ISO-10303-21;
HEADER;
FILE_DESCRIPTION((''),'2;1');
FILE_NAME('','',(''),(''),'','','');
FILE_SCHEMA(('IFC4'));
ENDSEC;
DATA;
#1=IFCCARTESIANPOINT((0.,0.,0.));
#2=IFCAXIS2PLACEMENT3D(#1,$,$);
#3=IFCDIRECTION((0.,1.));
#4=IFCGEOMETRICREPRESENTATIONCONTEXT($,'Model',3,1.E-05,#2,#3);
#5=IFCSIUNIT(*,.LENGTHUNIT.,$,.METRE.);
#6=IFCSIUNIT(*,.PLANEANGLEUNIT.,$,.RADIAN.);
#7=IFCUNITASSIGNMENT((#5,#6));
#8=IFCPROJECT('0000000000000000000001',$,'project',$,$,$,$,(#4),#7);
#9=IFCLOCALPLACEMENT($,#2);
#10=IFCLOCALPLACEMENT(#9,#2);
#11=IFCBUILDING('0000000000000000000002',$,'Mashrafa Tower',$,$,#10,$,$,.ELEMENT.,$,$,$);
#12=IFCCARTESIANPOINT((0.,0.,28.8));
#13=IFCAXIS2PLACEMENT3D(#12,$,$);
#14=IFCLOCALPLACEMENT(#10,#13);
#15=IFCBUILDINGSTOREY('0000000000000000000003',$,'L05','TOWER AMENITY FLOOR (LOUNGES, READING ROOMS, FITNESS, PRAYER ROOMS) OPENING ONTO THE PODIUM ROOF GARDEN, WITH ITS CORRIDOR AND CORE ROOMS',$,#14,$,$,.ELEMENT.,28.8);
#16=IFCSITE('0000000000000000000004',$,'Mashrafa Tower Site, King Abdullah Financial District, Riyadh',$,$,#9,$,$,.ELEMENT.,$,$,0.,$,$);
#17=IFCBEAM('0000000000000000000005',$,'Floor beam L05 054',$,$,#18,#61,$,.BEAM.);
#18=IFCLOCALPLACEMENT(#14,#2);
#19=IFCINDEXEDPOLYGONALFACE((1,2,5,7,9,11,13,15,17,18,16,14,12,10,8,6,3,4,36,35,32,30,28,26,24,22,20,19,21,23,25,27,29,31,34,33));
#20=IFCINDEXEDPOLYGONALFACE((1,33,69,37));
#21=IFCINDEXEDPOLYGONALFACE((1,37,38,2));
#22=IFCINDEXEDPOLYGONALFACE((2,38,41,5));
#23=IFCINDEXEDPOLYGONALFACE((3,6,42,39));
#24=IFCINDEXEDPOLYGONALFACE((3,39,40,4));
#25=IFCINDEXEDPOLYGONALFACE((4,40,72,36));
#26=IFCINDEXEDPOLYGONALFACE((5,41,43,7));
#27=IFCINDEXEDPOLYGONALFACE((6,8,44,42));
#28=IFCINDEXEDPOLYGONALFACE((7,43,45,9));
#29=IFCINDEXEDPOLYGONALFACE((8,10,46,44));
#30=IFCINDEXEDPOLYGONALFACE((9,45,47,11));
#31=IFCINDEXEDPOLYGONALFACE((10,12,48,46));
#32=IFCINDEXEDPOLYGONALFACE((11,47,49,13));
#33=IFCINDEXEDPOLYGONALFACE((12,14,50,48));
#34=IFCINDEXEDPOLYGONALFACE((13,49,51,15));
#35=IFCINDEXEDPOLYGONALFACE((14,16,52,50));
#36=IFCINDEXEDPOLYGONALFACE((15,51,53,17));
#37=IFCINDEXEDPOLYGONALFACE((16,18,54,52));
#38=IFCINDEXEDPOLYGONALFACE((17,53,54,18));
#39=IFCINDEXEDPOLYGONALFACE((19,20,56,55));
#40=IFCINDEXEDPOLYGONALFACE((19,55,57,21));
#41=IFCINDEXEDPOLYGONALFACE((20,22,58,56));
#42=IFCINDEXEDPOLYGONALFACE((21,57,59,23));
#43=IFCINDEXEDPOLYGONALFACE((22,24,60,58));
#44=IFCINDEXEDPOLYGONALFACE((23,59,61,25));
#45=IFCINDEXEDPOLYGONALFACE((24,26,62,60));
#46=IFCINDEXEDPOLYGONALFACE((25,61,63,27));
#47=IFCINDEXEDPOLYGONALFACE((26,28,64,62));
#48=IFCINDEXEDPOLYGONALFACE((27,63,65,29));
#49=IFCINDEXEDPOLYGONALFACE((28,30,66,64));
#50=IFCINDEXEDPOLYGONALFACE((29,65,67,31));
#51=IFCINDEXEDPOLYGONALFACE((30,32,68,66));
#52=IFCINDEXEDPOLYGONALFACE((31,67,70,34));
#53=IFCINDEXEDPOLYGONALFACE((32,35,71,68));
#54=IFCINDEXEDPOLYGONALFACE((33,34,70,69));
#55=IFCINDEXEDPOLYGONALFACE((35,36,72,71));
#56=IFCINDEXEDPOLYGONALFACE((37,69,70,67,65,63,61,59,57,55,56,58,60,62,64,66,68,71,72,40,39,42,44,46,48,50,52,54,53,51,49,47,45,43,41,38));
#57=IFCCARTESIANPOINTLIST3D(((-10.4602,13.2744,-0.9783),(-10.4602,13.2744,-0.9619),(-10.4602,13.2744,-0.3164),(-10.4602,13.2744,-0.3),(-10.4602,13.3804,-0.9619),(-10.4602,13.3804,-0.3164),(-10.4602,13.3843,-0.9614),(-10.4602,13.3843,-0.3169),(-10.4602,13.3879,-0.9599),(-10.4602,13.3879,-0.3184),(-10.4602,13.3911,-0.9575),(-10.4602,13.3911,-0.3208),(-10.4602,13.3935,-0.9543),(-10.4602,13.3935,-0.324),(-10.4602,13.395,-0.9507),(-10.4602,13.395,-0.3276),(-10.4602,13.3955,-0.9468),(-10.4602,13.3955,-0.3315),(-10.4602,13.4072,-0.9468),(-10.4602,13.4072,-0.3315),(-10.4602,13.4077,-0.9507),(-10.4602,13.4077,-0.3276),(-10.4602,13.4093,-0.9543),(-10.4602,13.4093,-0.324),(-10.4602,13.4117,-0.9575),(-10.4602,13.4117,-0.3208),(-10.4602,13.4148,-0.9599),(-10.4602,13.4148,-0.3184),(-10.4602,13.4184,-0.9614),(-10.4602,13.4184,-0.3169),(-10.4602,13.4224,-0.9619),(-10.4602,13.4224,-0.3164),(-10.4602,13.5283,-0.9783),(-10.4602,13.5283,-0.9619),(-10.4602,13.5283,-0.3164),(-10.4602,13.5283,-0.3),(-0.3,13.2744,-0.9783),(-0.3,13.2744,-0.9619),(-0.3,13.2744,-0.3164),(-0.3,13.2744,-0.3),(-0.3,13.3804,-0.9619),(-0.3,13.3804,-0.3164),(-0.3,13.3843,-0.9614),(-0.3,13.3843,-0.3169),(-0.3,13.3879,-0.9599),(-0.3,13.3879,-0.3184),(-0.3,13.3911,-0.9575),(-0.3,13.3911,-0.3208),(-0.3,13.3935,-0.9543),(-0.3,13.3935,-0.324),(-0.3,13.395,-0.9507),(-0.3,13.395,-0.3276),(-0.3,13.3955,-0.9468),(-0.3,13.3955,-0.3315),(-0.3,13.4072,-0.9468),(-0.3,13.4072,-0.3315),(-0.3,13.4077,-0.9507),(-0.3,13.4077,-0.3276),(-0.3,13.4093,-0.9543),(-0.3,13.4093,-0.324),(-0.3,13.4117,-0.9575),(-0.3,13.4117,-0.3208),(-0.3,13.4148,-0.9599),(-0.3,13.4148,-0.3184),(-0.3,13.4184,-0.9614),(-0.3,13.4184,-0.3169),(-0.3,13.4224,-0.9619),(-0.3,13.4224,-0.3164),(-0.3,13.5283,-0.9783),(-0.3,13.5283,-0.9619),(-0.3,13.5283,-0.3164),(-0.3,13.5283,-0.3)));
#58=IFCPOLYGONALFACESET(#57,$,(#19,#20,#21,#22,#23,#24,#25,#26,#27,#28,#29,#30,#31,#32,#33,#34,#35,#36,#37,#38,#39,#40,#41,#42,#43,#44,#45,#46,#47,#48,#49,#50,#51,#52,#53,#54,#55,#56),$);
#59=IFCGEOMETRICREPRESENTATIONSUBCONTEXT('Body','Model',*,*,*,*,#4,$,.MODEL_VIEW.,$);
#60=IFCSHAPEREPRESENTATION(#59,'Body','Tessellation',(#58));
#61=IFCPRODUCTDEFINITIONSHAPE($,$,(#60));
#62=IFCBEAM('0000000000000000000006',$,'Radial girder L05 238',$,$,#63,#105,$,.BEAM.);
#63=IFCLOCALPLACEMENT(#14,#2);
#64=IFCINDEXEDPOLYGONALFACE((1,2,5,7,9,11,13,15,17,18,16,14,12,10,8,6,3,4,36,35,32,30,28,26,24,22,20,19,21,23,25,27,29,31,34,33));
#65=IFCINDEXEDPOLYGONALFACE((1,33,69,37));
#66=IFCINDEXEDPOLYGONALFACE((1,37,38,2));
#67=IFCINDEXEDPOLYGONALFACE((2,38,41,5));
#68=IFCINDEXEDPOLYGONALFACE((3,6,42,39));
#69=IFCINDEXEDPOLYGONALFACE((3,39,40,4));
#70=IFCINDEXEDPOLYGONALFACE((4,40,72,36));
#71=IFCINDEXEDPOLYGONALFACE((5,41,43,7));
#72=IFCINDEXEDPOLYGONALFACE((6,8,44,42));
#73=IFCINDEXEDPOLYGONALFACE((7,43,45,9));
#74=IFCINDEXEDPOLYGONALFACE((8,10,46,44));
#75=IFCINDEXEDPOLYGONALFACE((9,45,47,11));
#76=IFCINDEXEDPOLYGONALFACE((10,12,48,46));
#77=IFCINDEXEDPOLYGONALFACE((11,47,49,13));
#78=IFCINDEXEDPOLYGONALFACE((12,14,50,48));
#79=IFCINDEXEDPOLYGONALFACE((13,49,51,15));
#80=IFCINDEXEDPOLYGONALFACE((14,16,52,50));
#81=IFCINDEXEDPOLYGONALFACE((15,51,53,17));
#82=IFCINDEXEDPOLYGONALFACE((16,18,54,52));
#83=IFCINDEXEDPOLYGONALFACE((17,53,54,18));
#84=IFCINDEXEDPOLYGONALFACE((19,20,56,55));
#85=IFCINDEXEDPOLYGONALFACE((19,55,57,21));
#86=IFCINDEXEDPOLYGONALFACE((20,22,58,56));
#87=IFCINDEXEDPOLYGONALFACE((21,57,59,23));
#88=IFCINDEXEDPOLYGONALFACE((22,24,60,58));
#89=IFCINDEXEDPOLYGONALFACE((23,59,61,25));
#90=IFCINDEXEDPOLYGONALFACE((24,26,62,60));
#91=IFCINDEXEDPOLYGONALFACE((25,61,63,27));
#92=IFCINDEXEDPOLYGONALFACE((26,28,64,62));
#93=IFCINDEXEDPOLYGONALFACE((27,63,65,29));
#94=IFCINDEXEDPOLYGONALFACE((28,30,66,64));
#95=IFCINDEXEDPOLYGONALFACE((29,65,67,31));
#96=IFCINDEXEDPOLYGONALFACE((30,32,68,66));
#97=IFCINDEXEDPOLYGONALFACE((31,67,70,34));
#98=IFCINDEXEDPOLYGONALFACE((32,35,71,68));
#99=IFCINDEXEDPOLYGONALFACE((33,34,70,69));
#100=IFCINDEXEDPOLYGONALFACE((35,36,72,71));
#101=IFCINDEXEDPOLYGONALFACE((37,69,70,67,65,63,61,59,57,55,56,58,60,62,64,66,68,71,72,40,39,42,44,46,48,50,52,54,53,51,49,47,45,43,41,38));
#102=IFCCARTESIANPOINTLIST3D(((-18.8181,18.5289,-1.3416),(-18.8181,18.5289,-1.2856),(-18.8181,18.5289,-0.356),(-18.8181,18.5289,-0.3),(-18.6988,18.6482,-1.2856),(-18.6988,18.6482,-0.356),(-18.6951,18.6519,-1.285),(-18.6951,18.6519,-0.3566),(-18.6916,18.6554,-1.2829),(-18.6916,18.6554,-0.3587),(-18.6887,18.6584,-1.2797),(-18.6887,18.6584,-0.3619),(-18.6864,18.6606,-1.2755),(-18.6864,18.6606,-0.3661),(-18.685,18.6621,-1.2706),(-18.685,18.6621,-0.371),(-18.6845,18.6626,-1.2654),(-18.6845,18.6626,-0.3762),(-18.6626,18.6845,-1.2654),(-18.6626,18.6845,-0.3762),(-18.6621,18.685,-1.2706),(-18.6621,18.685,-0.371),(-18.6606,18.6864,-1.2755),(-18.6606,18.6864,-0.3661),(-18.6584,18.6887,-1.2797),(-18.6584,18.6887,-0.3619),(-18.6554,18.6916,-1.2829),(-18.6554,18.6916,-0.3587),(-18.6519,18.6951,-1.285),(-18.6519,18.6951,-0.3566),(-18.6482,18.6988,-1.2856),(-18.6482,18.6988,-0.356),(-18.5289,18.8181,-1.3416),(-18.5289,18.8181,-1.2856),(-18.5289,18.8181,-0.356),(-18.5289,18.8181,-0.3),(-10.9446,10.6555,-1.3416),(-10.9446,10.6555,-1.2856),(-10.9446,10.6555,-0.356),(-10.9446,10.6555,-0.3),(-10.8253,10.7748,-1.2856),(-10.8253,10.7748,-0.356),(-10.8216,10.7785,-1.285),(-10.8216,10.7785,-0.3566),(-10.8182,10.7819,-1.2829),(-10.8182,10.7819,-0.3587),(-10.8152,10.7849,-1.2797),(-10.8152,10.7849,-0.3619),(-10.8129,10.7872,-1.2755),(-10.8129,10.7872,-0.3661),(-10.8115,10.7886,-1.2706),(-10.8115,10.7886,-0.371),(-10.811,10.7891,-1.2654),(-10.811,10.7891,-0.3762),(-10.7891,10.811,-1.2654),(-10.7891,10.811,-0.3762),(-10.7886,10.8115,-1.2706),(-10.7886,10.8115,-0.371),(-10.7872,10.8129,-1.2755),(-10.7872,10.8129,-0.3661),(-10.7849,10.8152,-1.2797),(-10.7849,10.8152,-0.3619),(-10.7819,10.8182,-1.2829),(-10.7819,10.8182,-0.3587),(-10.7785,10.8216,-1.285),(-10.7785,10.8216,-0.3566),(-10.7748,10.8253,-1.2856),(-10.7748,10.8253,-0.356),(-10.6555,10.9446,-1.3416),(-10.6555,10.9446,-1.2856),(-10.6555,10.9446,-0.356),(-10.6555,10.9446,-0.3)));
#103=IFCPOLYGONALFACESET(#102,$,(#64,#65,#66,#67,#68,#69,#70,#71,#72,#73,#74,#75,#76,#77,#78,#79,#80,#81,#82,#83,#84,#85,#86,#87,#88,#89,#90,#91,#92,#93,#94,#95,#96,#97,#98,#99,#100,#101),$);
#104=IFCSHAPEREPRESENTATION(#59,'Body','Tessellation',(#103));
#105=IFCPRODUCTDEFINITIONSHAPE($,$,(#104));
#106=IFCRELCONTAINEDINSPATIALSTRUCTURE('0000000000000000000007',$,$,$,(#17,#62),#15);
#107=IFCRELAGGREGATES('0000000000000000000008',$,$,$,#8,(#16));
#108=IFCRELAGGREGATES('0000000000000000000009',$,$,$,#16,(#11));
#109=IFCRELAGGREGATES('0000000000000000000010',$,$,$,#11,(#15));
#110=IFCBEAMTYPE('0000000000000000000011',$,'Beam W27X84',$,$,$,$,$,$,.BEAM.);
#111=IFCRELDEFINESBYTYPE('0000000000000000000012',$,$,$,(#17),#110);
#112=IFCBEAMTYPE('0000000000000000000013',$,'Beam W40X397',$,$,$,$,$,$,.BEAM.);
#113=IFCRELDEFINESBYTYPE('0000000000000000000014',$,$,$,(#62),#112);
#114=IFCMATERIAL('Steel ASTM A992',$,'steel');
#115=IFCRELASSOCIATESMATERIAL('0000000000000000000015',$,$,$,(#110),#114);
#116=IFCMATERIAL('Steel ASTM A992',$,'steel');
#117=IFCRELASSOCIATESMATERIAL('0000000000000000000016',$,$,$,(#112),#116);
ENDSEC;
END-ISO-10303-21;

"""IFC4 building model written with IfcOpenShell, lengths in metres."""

from ifc_helpers import new_model, si_unit, direction, frame, origin, origin_2d, place, context, subcontext, project, spatial, i_section, extrude, material, material_profile, profile_set, type_object, element, save


model = new_model("IFC4")

# Units and contexts
model_context = context("Model", 3, precision=1e-05, world=origin(), true_north=direction((0.0, 1.0)))
body_context = subcontext(model_context, "Body", "Model", "MODEL_VIEW")
ifc_project = project(units=[si_unit("LENGTHUNIT", "METRE"), si_unit("PLANEANGLEUNIT", "RADIAN")], contexts=[model_context])

# Site, building, storey
site_placement = place(None, origin())
site = spatial("IfcSite", under=ifc_project, at=site_placement, Name="Mashrafa Tower Site, King Abdullah Financial District, Riyadh", CompositionType="ELEMENT", RefElevation=0.0)
building_placement = place(site_placement, origin())
building = spatial("IfcBuilding", under=site, at=building_placement, Name="Mashrafa Tower", CompositionType="ELEMENT")
storey_placement = place(building_placement, frame((0.0, 0.0, 28.8)))
storey = spatial("IfcBuildingStorey", under=building, at=storey_placement, Name="L05", Description="TOWER AMENITY FLOOR (LOUNGES, READING ROOMS, FITNESS, PRAYER ROOMS) OPENING ONTO THE PODIUM ROOF GARDEN, WITH ITS CORRIDOR AND CORE ROOMS", CompositionType="ELEMENT", Elevation=28.8)

# Beams
ifc_material_1 = material(Name="Steel ASTM A992", Category="steel")
ifc_material_profile_1 = material_profile(ifc_material_1, i_section(OverallWidth=0.2539, OverallDepth=0.6782, WebThickness=0.0117, FlangeThickness=0.0164, FilletRadius=0.0151, at=origin_2d()), Name="W27X84")
ifc_profile_set_1 = profile_set([ifc_material_profile_1], Name="Steel ASTM A992")
beam_type_1 = type_object("IfcBeamType", Name="Beam W27X84", PredefinedType="BEAM", material=ifc_profile_set_1)
for number, where, z_axis, x_axis, name in (
    (1, (-10.4602, 13.4014, -0.6392), (1.0, 0.0, 0.0), (0.0, 1.0, 0.0), "Floor beam L05 054"),
):
    element("IfcBeam", number, at=place(storey_placement, frame(where, z_axis=z_axis, x_axis=x_axis)), inside=storey, type_object=beam_type_1, Name=name, PredefinedType="BEAM", context=body_context, shape_type="SweptSolid", body=[
        extrude(i_section(OverallWidth=0.2539, OverallDepth=0.6782, WebThickness=0.0117, FlangeThickness=0.0164, FilletRadius=0.0151, at=origin_2d()), origin(), (0.0, 0.0, 1.0), 10.1602),
    ])
ifc_material_2 = material(Name="Steel ASTM A992", Category="steel")
ifc_material_profile_2 = material_profile(ifc_material_2, i_section(OverallWidth=0.4089, OverallDepth=1.0415, WebThickness=0.031, FlangeThickness=0.0559, FilletRadius=0.0203, at=origin_2d()), Name="W40X397")
ifc_profile_set_2 = profile_set([ifc_material_profile_2], Name="Steel ASTM A992")
beam_type_2 = type_object("IfcBeamType", Name="Beam W40X397", PredefinedType="BEAM", material=ifc_profile_set_2)
beam_1_placement = place(storey_placement, frame((-10.8, 10.8, -0.8208), z_axis=(-0.707107, 0.707107, 0.0), x_axis=(-0.707107, -0.707107, 0.0)))
element("IfcBeam", 2, at=beam_1_placement, inside=storey, type_object=beam_type_2, Name="Radial girder L05 238", PredefinedType="BEAM", context=body_context, shape_type="SweptSolid", body=[
    extrude(i_section(OverallWidth=0.4089, OverallDepth=1.0415, WebThickness=0.031, FlangeThickness=0.0559, FilletRadius=0.0203, at=origin_2d()), origin(), (0.0, 0.0, 1.0), 11.1348),
])

save(model, "model.ifc")
